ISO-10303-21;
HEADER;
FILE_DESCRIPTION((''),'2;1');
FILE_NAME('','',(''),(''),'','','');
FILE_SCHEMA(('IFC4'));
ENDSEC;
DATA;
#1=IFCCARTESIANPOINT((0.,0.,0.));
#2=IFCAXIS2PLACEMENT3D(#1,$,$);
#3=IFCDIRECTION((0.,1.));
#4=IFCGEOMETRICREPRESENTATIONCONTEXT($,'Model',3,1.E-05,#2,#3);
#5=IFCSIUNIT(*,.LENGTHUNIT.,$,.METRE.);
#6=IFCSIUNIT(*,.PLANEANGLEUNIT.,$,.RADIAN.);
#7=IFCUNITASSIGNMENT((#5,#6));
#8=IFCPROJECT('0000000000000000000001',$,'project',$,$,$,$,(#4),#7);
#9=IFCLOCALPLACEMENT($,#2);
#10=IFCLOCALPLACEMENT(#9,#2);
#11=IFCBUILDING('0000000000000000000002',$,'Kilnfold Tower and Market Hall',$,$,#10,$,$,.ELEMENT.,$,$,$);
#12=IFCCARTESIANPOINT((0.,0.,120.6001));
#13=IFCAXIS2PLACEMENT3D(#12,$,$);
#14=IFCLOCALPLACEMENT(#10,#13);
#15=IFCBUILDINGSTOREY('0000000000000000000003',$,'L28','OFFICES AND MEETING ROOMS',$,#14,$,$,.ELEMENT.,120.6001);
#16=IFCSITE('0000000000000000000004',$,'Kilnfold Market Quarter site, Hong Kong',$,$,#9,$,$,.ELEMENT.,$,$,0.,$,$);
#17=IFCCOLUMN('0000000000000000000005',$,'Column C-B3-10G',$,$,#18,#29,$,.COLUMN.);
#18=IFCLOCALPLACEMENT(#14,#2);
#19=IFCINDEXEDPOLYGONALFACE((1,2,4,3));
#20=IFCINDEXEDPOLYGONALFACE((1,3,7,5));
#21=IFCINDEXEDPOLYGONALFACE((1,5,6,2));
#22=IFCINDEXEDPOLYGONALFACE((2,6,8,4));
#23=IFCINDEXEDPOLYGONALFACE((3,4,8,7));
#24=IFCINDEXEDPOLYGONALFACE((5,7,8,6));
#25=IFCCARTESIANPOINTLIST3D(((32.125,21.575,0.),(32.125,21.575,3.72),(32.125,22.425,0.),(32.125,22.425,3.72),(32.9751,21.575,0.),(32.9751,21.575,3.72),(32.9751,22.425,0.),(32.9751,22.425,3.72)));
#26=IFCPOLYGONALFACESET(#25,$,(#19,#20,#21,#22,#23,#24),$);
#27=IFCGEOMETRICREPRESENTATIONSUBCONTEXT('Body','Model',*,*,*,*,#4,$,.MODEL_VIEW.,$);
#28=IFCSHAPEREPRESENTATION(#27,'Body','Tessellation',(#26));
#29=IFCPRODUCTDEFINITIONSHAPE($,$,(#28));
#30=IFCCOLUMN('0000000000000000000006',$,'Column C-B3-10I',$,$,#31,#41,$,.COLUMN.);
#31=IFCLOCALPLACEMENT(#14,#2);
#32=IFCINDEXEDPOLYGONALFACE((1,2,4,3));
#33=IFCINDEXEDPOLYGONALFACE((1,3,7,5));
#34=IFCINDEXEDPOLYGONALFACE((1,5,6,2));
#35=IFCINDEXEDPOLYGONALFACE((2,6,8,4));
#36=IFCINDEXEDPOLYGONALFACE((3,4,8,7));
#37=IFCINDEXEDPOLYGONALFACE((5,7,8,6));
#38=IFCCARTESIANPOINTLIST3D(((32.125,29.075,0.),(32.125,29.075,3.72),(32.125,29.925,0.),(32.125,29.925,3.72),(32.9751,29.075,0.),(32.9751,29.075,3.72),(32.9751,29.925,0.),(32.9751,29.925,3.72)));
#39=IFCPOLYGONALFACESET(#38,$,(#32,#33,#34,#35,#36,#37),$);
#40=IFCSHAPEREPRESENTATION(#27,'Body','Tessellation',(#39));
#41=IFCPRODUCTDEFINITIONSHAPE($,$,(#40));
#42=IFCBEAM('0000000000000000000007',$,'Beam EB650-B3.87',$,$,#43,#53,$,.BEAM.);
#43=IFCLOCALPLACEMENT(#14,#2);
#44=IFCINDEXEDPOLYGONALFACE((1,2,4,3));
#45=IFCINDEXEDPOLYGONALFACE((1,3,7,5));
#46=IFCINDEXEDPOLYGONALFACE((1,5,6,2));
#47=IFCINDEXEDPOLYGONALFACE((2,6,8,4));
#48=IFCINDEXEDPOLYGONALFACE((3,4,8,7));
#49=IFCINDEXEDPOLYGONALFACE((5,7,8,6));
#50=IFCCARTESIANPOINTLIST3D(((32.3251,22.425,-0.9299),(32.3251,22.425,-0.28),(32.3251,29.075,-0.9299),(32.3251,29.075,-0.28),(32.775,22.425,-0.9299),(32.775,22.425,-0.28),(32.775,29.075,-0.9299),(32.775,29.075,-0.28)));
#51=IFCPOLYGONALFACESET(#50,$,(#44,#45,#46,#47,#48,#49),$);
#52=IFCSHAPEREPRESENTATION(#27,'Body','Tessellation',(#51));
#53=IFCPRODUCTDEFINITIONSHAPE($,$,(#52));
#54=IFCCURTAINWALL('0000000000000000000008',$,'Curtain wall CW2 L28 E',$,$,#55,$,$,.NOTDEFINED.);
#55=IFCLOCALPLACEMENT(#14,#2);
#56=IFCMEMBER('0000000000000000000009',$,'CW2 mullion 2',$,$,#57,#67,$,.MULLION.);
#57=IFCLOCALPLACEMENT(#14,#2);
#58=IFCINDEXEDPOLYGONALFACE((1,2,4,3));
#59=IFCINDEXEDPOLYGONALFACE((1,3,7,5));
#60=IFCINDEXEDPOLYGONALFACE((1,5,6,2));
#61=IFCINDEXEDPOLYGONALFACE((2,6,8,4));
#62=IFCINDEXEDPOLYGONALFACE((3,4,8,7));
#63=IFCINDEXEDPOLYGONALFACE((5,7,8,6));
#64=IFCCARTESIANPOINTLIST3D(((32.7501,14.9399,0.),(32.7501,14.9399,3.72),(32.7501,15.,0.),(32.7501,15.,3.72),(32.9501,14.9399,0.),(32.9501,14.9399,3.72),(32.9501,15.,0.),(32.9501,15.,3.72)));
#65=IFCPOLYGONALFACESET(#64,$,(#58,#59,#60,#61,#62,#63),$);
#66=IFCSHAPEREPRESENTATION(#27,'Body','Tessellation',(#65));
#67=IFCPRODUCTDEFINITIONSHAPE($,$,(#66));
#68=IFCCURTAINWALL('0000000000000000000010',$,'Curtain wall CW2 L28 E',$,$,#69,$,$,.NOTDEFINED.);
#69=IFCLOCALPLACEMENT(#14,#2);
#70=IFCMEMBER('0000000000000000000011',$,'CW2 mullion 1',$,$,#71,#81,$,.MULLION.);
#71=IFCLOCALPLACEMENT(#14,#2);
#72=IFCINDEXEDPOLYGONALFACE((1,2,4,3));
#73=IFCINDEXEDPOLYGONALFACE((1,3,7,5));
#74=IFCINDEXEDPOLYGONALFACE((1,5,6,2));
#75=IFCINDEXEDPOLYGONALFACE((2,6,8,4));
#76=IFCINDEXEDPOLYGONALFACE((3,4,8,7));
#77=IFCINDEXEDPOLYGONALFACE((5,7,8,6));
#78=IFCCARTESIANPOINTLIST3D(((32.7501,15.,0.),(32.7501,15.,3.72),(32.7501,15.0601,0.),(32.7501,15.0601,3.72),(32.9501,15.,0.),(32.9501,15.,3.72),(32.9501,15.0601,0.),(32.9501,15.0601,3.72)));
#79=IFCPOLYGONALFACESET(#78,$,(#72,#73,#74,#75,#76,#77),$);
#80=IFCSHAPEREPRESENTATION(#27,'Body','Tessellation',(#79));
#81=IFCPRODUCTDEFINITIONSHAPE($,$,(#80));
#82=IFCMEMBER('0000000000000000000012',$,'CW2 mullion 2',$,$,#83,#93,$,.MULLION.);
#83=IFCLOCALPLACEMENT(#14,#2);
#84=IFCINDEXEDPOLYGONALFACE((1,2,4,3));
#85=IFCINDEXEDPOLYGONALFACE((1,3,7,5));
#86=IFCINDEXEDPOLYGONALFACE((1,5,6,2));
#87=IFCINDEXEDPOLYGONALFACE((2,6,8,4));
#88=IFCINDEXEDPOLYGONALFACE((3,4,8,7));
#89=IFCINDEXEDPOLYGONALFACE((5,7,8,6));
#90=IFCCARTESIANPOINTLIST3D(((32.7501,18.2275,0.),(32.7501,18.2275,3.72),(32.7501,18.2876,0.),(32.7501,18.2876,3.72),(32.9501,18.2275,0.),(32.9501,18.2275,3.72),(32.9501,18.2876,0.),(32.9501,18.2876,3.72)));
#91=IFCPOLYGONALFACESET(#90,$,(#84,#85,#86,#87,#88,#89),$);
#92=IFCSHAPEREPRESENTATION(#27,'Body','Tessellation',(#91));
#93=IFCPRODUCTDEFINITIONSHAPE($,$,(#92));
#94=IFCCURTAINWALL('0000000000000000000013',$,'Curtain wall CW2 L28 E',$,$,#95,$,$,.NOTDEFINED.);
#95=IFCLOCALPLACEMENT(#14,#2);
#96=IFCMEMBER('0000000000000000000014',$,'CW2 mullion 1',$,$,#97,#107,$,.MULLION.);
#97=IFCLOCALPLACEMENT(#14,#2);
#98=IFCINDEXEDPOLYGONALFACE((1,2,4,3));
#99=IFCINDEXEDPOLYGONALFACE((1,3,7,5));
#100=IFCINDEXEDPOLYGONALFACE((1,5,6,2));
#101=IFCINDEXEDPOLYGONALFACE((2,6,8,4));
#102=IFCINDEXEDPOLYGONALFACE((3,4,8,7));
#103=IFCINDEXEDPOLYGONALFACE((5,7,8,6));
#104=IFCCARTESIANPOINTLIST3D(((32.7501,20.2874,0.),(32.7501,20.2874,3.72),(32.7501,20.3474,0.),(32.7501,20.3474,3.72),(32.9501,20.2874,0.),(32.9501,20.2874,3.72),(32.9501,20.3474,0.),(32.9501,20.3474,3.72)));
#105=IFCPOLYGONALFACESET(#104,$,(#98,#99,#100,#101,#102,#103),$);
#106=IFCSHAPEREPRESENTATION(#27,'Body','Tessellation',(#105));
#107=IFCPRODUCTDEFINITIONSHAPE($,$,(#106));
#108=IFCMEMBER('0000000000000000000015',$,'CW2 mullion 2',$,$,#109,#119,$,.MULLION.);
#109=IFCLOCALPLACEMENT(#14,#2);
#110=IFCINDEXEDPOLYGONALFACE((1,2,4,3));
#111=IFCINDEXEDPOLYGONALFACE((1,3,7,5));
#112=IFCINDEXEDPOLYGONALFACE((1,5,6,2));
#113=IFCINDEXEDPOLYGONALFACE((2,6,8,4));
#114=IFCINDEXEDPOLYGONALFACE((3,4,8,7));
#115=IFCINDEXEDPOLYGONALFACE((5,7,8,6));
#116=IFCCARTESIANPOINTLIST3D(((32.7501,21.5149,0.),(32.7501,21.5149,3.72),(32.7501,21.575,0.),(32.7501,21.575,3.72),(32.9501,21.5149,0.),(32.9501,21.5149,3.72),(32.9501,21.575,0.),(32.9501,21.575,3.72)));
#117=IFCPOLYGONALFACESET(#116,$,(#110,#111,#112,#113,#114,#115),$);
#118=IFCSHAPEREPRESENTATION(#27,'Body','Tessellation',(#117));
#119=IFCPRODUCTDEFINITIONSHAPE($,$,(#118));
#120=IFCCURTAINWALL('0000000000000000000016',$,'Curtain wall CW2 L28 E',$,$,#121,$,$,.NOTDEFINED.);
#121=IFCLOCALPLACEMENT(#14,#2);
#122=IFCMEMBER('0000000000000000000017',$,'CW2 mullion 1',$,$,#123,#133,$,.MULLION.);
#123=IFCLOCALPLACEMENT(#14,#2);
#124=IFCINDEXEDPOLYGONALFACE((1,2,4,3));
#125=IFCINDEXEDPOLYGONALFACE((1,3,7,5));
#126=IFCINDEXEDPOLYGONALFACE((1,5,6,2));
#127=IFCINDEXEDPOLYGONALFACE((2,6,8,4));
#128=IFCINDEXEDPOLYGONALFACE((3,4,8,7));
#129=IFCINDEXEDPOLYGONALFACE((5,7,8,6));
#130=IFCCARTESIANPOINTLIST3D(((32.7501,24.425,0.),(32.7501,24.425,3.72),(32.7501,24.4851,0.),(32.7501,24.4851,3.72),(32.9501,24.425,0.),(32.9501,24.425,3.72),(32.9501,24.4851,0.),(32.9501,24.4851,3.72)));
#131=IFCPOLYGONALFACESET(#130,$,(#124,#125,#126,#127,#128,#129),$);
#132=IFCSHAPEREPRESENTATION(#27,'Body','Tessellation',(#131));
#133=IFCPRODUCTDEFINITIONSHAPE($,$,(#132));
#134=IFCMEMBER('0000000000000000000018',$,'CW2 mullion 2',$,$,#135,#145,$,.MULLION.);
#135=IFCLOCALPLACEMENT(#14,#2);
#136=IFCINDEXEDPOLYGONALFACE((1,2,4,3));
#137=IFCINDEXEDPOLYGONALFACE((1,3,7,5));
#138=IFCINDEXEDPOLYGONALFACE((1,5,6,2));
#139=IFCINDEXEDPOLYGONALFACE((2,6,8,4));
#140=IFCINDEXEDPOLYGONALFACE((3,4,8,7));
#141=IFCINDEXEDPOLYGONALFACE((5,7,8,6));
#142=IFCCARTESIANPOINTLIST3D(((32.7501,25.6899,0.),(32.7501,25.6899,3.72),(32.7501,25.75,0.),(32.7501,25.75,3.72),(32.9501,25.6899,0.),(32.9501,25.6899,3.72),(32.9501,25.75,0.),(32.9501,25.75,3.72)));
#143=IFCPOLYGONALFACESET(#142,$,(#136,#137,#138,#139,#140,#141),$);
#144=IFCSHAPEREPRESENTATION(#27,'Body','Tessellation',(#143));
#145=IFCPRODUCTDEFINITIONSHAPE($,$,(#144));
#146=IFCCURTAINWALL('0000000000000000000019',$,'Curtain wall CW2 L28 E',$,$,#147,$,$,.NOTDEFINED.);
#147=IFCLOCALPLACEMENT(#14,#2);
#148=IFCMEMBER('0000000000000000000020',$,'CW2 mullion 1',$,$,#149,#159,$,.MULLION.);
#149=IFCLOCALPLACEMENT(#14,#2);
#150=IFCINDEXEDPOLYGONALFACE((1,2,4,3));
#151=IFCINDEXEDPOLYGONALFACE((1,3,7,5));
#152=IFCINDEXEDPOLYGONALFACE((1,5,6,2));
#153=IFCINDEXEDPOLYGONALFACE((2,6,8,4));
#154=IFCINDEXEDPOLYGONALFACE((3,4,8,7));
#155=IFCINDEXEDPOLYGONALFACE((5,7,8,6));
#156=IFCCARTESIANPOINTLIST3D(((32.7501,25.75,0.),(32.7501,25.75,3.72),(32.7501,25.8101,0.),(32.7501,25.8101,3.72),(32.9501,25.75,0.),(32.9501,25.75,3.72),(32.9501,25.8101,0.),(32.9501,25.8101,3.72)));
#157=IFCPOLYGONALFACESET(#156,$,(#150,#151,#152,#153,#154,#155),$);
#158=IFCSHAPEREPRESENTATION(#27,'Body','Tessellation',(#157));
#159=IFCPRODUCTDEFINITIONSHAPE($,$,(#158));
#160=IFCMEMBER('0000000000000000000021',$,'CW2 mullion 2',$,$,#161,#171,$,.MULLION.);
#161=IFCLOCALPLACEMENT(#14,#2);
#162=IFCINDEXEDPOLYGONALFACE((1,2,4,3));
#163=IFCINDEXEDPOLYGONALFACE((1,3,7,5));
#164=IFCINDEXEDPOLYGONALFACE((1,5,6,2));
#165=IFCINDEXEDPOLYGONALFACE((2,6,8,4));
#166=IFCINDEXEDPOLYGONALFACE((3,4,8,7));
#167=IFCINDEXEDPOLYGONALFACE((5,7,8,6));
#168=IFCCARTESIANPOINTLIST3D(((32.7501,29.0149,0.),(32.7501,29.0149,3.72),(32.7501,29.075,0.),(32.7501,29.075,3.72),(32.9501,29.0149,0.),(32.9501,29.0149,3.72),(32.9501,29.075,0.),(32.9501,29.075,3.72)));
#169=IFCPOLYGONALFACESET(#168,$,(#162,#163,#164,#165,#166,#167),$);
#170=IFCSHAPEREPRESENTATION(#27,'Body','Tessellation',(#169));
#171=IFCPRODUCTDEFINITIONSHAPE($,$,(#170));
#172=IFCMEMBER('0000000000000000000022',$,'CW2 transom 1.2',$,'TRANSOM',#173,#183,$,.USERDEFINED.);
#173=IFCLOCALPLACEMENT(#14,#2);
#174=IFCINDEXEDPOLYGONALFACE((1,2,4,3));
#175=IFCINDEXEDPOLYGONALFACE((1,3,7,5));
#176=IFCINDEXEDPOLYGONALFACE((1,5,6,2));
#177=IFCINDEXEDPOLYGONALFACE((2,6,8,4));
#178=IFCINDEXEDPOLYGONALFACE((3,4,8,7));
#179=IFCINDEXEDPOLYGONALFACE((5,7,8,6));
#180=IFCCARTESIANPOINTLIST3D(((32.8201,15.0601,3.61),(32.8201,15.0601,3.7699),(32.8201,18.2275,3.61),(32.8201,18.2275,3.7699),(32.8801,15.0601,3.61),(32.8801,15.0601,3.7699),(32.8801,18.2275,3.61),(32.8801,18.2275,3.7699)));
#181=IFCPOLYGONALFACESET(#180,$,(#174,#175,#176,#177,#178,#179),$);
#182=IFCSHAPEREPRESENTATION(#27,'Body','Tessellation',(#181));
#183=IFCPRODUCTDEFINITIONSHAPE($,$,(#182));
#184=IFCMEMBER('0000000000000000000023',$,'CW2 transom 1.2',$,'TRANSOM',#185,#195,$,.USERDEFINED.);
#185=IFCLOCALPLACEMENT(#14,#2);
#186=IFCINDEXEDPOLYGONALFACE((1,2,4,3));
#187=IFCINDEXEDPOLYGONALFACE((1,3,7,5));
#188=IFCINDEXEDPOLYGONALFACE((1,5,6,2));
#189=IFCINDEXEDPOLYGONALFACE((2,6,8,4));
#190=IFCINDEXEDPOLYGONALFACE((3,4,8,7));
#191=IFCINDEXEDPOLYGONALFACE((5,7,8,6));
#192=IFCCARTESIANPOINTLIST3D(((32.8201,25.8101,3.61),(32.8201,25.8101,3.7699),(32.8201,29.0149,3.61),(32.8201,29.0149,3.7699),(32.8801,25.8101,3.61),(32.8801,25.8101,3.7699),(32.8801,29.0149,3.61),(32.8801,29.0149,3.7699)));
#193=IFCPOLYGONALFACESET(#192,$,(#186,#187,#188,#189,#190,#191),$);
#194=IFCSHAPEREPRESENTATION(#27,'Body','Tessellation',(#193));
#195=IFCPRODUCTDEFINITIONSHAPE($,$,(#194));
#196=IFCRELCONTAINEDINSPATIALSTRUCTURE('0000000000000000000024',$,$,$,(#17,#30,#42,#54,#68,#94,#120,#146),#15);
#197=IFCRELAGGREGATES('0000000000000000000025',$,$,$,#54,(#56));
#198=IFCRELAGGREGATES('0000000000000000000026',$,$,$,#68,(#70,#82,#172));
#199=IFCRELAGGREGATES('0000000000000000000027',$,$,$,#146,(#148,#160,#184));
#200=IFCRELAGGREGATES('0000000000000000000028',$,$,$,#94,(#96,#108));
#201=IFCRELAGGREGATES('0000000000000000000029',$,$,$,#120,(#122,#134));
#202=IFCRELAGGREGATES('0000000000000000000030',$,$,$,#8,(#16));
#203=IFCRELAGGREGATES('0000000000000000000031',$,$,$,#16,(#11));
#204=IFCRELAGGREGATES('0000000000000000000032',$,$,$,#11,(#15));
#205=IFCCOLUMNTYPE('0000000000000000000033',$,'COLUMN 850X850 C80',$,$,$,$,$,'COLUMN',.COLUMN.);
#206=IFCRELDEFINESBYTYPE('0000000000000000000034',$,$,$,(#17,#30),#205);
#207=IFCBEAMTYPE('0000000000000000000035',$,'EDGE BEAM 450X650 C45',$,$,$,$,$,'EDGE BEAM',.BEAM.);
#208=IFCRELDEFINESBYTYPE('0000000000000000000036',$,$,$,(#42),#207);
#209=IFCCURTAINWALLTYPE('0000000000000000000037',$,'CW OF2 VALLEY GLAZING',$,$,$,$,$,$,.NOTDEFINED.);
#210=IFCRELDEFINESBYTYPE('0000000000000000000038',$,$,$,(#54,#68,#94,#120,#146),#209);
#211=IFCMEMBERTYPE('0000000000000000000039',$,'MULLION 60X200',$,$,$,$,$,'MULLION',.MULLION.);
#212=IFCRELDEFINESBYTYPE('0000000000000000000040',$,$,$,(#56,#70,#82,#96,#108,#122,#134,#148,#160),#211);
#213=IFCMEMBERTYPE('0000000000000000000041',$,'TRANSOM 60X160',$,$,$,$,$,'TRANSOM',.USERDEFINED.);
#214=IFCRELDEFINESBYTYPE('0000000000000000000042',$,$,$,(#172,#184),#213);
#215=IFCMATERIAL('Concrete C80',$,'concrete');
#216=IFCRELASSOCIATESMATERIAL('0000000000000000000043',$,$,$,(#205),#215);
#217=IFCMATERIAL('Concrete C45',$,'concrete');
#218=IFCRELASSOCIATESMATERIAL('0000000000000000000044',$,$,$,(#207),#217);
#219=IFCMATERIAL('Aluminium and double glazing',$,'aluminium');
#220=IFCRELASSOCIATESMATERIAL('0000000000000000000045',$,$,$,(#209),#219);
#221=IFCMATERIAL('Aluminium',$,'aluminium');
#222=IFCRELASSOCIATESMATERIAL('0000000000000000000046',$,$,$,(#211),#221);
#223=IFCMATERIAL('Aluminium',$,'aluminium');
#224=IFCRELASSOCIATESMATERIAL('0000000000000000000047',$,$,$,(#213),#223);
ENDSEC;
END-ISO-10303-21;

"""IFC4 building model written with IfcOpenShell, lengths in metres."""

from ifc_helpers import new_model, si_unit, direction, frame, origin, origin_2d, place, context, subcontext, project, spatial, rectangle, extrude, source, transform, mapped, material, material_profile, profile_set, type_object, element, aggregate, save


model = new_model("IFC4")

# Units and contexts
model_context = context("Model", 3, precision=1e-05, world=origin(), true_north=direction((0.0, 1.0)))
body_context = subcontext(model_context, "Body", "Model", "MODEL_VIEW")
ifc_project = project(units=[si_unit("LENGTHUNIT", "METRE"), si_unit("PLANEANGLEUNIT", "RADIAN")], contexts=[model_context])

# Site, building, storey
site_placement = place(None, origin())
site = spatial("IfcSite", under=ifc_project, at=site_placement, Name="Kilnfold Market Quarter site, Hong Kong", CompositionType="ELEMENT", RefElevation=0.0)
building_placement = place(site_placement, origin())
building = spatial("IfcBuilding", under=site, at=building_placement, Name="Kilnfold Tower and Market Hall", CompositionType="ELEMENT")
storey_placement = place(building_placement, frame((0.0, 0.0, 120.6001)))
storey = spatial("IfcBuildingStorey", under=building, at=storey_placement, Name="L28", Description="OFFICES AND MEETING ROOMS", CompositionType="ELEMENT", Elevation=120.6001)

# Columns
ifc_material_1 = material(Name="Concrete C80", Category="concrete")
ifc_material_profile_1 = material_profile(ifc_material_1, rectangle(XDim=0.8501, YDim=0.8501, at=origin_2d()), Name="RC 850x850")
ifc_profile_set_1 = profile_set([ifc_material_profile_1], Name="Concrete C80")
column_type = type_object("IfcColumnType", Name="COLUMN 850X850 C80", ElementType="COLUMN", PredefinedType="COLUMN", material=ifc_profile_set_1)
shared_shape_1 = source(origin(), body_context, "Body", "SweptSolid", [
    extrude(rectangle(XDim=0.8501, YDim=0.8501, at=origin_2d()), origin(), (0.0, 0.0, 1.0), 3.72),
])
for number, where, z_axis, x_axis, name in (
    (1, (32.55, 22.0, 0.0), (0.0, 0.0, 1.0), (1.0, 0.0, 0.0), "Column C-B3-10G"),
    (2, (32.55, 29.5, 0.0), (0.0, 0.0, 1.0), (1.0, 0.0, 0.0), "Column C-B3-10I"),
):
    element("IfcColumn", number, at=place(storey_placement, frame(where, z_axis=z_axis, x_axis=x_axis)), inside=storey, type_object=column_type, Name=name, PredefinedType="COLUMN", context=body_context, shape_type="MappedRepresentation", body=[
        mapped(shared_shape_1, transform((0.0, 0.0, 0.0))),
    ])

# Beam
ifc_material_2 = material(Name="Concrete C45", Category="concrete")
ifc_material_profile_2 = material_profile(ifc_material_2, rectangle(XDim=0.45, YDim=0.6499, at=origin_2d()), Name="RC 450x650")
ifc_profile_set_2 = profile_set([ifc_material_profile_2], Name="Concrete C45")
beam_type = type_object("IfcBeamType", Name="EDGE BEAM 450X650 C45", ElementType="EDGE BEAM", PredefinedType="BEAM", material=ifc_profile_set_2)
shared_shape_2 = source(origin(), body_context, "Body", "SweptSolid", [
    extrude(rectangle(XDim=0.45, YDim=0.6499, at=origin_2d()), origin(), (0.0, 0.0, 1.0), 6.6499),
])
beam_placement = place(storey_placement, frame((32.55, 22.425, -0.605), z_axis=(0.0, 1.0, 0.0), x_axis=(-1.0, 0.0, 0.0)))
element("IfcBeam", 3, at=beam_placement, inside=storey, type_object=beam_type, Name="Beam EB650-B3.87", PredefinedType="BEAM", context=body_context, shape_type="MappedRepresentation", body=[
    mapped(shared_shape_2, transform((0.0, 0.0, 0.0))),
])

# Curtain wall, member
ifc_material_3 = material(Name="Aluminium and double glazing", Category="aluminium")
curtain_wall_type = type_object("IfcCurtainWallType", Name="CW OF2 VALLEY GLAZING", PredefinedType="NOTDEFINED", material=ifc_material_3)
curtain_wall_1_placement = place(storey_placement, origin())
curtain_wall_1 = element("IfcCurtainWall", 4, at=curtain_wall_1_placement, inside=storey, type_object=curtain_wall_type, Name="Curtain wall CW2 L28 E", PredefinedType="NOTDEFINED")
ifc_material_4 = material(Name="Aluminium", Category="aluminium")
ifc_material_profile_3 = material_profile(ifc_material_4, rectangle(XDim=0.0601, YDim=0.2, at=origin_2d()), Name="MULLION 60x200")
ifc_profile_set_3 = profile_set([ifc_material_profile_3], Name="Aluminium")
member_type_1 = type_object("IfcMemberType", Name="MULLION 60X200", ElementType="MULLION", PredefinedType="MULLION", material=ifc_profile_set_3)
shared_shape_3 = source(origin(), body_context, "Body", "SweptSolid", [
    extrude(rectangle(XDim=0.0601, YDim=0.2, at=origin_2d()), origin(), (0.0, 0.0, 1.0), 3.72),
])
member_1_placement = place(storey_placement, frame((32.8501, 14.97, 0.0), z_axis=(0.0, 0.0, 1.0), x_axis=(0.0, 1.0, 0.0)))
member_1 = element("IfcMember", 5, at=member_1_placement, type_object=member_type_1, Name="CW2 mullion 2", PredefinedType="MULLION", context=body_context, shape_type="MappedRepresentation", body=[
    mapped(shared_shape_3, transform((0.0, 0.0, 0.0))),
])
aggregate(curtain_wall_1, [member_1])

# Curtain walls, members
curtain_wall_2_placement = place(storey_placement, origin())
curtain_wall_2 = element("IfcCurtainWall", 6, at=curtain_wall_2_placement, inside=storey, type_object=curtain_wall_type, Name="Curtain wall CW2 L28 E", PredefinedType="NOTDEFINED")
member_2_placement = place(storey_placement, frame((32.8501, 15.03, 0.0), z_axis=(0.0, 0.0, 1.0), x_axis=(0.0, 1.0, 0.0)))
member_2 = element("IfcMember", 7, at=member_2_placement, type_object=member_type_1, Name="CW2 mullion 1", PredefinedType="MULLION", context=body_context, shape_type="MappedRepresentation", body=[
    mapped(shared_shape_3, transform((0.0, 0.0, 0.0))),
])
member_3_placement = place(storey_placement, frame((32.8501, 18.2576, 0.0), z_axis=(0.0, 0.0, 1.0), x_axis=(0.0, 1.0, 0.0)))
member_3 = element("IfcMember", 8, at=member_3_placement, type_object=member_type_1, Name="CW2 mullion 2", PredefinedType="MULLION", context=body_context, shape_type="MappedRepresentation", body=[
    mapped(shared_shape_3, transform((0.0, 0.0, 0.0))),
])
curtain_wall_3_placement = place(storey_placement, origin())
curtain_wall_3 = element("IfcCurtainWall", 9, at=curtain_wall_3_placement, inside=storey, type_object=curtain_wall_type, Name="Curtain wall CW2 L28 E", PredefinedType="NOTDEFINED")
member_4_placement = place(storey_placement, frame((32.8501, 20.3174, 0.0), z_axis=(0.0, 0.0, 1.0), x_axis=(0.0, 1.0, 0.0)))
member_4 = element("IfcMember", 10, at=member_4_placement, type_object=member_type_1, Name="CW2 mullion 1", PredefinedType="MULLION", context=body_context, shape_type="MappedRepresentation", body=[
    mapped(shared_shape_3, transform((0.0, 0.0, 0.0))),
])
member_5_placement = place(storey_placement, frame((32.8501, 21.5449, 0.0), z_axis=(0.0, 0.0, 1.0), x_axis=(0.0, 1.0, 0.0)))
member_5 = element("IfcMember", 11, at=member_5_placement, type_object=member_type_1, Name="CW2 mullion 2", PredefinedType="MULLION", context=body_context, shape_type="MappedRepresentation", body=[
    mapped(shared_shape_3, transform((0.0, 0.0, 0.0))),
])
curtain_wall_4_placement = place(storey_placement, origin())
curtain_wall_4 = element("IfcCurtainWall", 12, at=curtain_wall_4_placement, inside=storey, type_object=curtain_wall_type, Name="Curtain wall CW2 L28 E", PredefinedType="NOTDEFINED")
member_6_placement = place(storey_placement, frame((32.8501, 24.4551, 0.0), z_axis=(0.0, 0.0, 1.0), x_axis=(0.0, 1.0, 0.0)))
member_6 = element("IfcMember", 13, at=member_6_placement, type_object=member_type_1, Name="CW2 mullion 1", PredefinedType="MULLION", context=body_context, shape_type="MappedRepresentation", body=[
    mapped(shared_shape_3, transform((0.0, 0.0, 0.0))),
])
member_7_placement = place(storey_placement, frame((32.8501, 25.72, 0.0), z_axis=(0.0, 0.0, 1.0), x_axis=(0.0, 1.0, 0.0)))
member_7 = element("IfcMember", 14, at=member_7_placement, type_object=member_type_1, Name="CW2 mullion 2", PredefinedType="MULLION", context=body_context, shape_type="MappedRepresentation", body=[
    mapped(shared_shape_3, transform((0.0, 0.0, 0.0))),
])
curtain_wall_5_placement = place(storey_placement, origin())
curtain_wall_5 = element("IfcCurtainWall", 15, at=curtain_wall_5_placement, inside=storey, type_object=curtain_wall_type, Name="Curtain wall CW2 L28 E", PredefinedType="NOTDEFINED")
member_8_placement = place(storey_placement, frame((32.8501, 25.78, 0.0), z_axis=(0.0, 0.0, 1.0), x_axis=(0.0, 1.0, 0.0)))
member_8 = element("IfcMember", 16, at=member_8_placement, type_object=member_type_1, Name="CW2 mullion 1", PredefinedType="MULLION", context=body_context, shape_type="MappedRepresentation", body=[
    mapped(shared_shape_3, transform((0.0, 0.0, 0.0))),
])
member_9_placement = place(storey_placement, frame((32.8501, 29.0449, 0.0), z_axis=(0.0, 0.0, 1.0), x_axis=(0.0, 1.0, 0.0)))
member_9 = element("IfcMember", 17, at=member_9_placement, type_object=member_type_1, Name="CW2 mullion 2", PredefinedType="MULLION", context=body_context, shape_type="MappedRepresentation", body=[
    mapped(shared_shape_3, transform((0.0, 0.0, 0.0))),
])

# Members
ifc_material_5 = material(Name="Aluminium", Category="aluminium")
ifc_material_profile_4 = material_profile(ifc_material_5, rectangle(XDim=0.0601, YDim=0.1599, at=origin_2d()), Name="TRANSOM 60x160")
ifc_profile_set_4 = profile_set([ifc_material_profile_4], Name="Aluminium")
member_type_2 = type_object("IfcMemberType", Name="TRANSOM 60X160", ElementType="TRANSOM", PredefinedType="USERDEFINED", material=ifc_profile_set_4)
shared_shape_4 = source(origin(), body_context, "Body", "SweptSolid", [
    extrude(rectangle(XDim=0.0601, YDim=0.1599, at=origin_2d()), origin(), (0.0, 0.0, 1.0), 3.1675),
])
member_10_placement = place(storey_placement, frame((32.8501, 15.0601, 3.6899), z_axis=(0.0, 1.0, 0.0), x_axis=(-1.0, 0.0, 0.0)))
member_10 = element("IfcMember", 18, at=member_10_placement, type_object=member_type_2, Name="CW2 transom 1.2", ObjectType="TRANSOM", PredefinedType="USERDEFINED", context=body_context, shape_type="MappedRepresentation", body=[
    mapped(shared_shape_4, transform((0.0, 0.0, 0.0))),
])
shared_shape_5 = source(origin(), body_context, "Body", "SweptSolid", [
    extrude(rectangle(XDim=0.0601, YDim=0.1599, at=origin_2d()), origin(), (0.0, 0.0, 1.0), 3.2048),
])
member_11_placement = place(storey_placement, frame((32.8501, 25.8101, 3.6899), z_axis=(0.0, 1.0, 0.0), x_axis=(-1.0, 0.0, 0.0)))
member_11 = element("IfcMember", 19, at=member_11_placement, type_object=member_type_2, Name="CW2 transom 1.2", ObjectType="TRANSOM", PredefinedType="USERDEFINED", context=body_context, shape_type="MappedRepresentation", body=[
    mapped(shared_shape_5, transform((0.0, 0.0, 0.0))),
])

aggregate(curtain_wall_2, [member_2, member_3, member_10])
aggregate(curtain_wall_5, [member_8, member_9, member_11])
aggregate(curtain_wall_3, [member_4, member_5])
aggregate(curtain_wall_4, [member_6, member_7])

save(model, "model.ifc")
